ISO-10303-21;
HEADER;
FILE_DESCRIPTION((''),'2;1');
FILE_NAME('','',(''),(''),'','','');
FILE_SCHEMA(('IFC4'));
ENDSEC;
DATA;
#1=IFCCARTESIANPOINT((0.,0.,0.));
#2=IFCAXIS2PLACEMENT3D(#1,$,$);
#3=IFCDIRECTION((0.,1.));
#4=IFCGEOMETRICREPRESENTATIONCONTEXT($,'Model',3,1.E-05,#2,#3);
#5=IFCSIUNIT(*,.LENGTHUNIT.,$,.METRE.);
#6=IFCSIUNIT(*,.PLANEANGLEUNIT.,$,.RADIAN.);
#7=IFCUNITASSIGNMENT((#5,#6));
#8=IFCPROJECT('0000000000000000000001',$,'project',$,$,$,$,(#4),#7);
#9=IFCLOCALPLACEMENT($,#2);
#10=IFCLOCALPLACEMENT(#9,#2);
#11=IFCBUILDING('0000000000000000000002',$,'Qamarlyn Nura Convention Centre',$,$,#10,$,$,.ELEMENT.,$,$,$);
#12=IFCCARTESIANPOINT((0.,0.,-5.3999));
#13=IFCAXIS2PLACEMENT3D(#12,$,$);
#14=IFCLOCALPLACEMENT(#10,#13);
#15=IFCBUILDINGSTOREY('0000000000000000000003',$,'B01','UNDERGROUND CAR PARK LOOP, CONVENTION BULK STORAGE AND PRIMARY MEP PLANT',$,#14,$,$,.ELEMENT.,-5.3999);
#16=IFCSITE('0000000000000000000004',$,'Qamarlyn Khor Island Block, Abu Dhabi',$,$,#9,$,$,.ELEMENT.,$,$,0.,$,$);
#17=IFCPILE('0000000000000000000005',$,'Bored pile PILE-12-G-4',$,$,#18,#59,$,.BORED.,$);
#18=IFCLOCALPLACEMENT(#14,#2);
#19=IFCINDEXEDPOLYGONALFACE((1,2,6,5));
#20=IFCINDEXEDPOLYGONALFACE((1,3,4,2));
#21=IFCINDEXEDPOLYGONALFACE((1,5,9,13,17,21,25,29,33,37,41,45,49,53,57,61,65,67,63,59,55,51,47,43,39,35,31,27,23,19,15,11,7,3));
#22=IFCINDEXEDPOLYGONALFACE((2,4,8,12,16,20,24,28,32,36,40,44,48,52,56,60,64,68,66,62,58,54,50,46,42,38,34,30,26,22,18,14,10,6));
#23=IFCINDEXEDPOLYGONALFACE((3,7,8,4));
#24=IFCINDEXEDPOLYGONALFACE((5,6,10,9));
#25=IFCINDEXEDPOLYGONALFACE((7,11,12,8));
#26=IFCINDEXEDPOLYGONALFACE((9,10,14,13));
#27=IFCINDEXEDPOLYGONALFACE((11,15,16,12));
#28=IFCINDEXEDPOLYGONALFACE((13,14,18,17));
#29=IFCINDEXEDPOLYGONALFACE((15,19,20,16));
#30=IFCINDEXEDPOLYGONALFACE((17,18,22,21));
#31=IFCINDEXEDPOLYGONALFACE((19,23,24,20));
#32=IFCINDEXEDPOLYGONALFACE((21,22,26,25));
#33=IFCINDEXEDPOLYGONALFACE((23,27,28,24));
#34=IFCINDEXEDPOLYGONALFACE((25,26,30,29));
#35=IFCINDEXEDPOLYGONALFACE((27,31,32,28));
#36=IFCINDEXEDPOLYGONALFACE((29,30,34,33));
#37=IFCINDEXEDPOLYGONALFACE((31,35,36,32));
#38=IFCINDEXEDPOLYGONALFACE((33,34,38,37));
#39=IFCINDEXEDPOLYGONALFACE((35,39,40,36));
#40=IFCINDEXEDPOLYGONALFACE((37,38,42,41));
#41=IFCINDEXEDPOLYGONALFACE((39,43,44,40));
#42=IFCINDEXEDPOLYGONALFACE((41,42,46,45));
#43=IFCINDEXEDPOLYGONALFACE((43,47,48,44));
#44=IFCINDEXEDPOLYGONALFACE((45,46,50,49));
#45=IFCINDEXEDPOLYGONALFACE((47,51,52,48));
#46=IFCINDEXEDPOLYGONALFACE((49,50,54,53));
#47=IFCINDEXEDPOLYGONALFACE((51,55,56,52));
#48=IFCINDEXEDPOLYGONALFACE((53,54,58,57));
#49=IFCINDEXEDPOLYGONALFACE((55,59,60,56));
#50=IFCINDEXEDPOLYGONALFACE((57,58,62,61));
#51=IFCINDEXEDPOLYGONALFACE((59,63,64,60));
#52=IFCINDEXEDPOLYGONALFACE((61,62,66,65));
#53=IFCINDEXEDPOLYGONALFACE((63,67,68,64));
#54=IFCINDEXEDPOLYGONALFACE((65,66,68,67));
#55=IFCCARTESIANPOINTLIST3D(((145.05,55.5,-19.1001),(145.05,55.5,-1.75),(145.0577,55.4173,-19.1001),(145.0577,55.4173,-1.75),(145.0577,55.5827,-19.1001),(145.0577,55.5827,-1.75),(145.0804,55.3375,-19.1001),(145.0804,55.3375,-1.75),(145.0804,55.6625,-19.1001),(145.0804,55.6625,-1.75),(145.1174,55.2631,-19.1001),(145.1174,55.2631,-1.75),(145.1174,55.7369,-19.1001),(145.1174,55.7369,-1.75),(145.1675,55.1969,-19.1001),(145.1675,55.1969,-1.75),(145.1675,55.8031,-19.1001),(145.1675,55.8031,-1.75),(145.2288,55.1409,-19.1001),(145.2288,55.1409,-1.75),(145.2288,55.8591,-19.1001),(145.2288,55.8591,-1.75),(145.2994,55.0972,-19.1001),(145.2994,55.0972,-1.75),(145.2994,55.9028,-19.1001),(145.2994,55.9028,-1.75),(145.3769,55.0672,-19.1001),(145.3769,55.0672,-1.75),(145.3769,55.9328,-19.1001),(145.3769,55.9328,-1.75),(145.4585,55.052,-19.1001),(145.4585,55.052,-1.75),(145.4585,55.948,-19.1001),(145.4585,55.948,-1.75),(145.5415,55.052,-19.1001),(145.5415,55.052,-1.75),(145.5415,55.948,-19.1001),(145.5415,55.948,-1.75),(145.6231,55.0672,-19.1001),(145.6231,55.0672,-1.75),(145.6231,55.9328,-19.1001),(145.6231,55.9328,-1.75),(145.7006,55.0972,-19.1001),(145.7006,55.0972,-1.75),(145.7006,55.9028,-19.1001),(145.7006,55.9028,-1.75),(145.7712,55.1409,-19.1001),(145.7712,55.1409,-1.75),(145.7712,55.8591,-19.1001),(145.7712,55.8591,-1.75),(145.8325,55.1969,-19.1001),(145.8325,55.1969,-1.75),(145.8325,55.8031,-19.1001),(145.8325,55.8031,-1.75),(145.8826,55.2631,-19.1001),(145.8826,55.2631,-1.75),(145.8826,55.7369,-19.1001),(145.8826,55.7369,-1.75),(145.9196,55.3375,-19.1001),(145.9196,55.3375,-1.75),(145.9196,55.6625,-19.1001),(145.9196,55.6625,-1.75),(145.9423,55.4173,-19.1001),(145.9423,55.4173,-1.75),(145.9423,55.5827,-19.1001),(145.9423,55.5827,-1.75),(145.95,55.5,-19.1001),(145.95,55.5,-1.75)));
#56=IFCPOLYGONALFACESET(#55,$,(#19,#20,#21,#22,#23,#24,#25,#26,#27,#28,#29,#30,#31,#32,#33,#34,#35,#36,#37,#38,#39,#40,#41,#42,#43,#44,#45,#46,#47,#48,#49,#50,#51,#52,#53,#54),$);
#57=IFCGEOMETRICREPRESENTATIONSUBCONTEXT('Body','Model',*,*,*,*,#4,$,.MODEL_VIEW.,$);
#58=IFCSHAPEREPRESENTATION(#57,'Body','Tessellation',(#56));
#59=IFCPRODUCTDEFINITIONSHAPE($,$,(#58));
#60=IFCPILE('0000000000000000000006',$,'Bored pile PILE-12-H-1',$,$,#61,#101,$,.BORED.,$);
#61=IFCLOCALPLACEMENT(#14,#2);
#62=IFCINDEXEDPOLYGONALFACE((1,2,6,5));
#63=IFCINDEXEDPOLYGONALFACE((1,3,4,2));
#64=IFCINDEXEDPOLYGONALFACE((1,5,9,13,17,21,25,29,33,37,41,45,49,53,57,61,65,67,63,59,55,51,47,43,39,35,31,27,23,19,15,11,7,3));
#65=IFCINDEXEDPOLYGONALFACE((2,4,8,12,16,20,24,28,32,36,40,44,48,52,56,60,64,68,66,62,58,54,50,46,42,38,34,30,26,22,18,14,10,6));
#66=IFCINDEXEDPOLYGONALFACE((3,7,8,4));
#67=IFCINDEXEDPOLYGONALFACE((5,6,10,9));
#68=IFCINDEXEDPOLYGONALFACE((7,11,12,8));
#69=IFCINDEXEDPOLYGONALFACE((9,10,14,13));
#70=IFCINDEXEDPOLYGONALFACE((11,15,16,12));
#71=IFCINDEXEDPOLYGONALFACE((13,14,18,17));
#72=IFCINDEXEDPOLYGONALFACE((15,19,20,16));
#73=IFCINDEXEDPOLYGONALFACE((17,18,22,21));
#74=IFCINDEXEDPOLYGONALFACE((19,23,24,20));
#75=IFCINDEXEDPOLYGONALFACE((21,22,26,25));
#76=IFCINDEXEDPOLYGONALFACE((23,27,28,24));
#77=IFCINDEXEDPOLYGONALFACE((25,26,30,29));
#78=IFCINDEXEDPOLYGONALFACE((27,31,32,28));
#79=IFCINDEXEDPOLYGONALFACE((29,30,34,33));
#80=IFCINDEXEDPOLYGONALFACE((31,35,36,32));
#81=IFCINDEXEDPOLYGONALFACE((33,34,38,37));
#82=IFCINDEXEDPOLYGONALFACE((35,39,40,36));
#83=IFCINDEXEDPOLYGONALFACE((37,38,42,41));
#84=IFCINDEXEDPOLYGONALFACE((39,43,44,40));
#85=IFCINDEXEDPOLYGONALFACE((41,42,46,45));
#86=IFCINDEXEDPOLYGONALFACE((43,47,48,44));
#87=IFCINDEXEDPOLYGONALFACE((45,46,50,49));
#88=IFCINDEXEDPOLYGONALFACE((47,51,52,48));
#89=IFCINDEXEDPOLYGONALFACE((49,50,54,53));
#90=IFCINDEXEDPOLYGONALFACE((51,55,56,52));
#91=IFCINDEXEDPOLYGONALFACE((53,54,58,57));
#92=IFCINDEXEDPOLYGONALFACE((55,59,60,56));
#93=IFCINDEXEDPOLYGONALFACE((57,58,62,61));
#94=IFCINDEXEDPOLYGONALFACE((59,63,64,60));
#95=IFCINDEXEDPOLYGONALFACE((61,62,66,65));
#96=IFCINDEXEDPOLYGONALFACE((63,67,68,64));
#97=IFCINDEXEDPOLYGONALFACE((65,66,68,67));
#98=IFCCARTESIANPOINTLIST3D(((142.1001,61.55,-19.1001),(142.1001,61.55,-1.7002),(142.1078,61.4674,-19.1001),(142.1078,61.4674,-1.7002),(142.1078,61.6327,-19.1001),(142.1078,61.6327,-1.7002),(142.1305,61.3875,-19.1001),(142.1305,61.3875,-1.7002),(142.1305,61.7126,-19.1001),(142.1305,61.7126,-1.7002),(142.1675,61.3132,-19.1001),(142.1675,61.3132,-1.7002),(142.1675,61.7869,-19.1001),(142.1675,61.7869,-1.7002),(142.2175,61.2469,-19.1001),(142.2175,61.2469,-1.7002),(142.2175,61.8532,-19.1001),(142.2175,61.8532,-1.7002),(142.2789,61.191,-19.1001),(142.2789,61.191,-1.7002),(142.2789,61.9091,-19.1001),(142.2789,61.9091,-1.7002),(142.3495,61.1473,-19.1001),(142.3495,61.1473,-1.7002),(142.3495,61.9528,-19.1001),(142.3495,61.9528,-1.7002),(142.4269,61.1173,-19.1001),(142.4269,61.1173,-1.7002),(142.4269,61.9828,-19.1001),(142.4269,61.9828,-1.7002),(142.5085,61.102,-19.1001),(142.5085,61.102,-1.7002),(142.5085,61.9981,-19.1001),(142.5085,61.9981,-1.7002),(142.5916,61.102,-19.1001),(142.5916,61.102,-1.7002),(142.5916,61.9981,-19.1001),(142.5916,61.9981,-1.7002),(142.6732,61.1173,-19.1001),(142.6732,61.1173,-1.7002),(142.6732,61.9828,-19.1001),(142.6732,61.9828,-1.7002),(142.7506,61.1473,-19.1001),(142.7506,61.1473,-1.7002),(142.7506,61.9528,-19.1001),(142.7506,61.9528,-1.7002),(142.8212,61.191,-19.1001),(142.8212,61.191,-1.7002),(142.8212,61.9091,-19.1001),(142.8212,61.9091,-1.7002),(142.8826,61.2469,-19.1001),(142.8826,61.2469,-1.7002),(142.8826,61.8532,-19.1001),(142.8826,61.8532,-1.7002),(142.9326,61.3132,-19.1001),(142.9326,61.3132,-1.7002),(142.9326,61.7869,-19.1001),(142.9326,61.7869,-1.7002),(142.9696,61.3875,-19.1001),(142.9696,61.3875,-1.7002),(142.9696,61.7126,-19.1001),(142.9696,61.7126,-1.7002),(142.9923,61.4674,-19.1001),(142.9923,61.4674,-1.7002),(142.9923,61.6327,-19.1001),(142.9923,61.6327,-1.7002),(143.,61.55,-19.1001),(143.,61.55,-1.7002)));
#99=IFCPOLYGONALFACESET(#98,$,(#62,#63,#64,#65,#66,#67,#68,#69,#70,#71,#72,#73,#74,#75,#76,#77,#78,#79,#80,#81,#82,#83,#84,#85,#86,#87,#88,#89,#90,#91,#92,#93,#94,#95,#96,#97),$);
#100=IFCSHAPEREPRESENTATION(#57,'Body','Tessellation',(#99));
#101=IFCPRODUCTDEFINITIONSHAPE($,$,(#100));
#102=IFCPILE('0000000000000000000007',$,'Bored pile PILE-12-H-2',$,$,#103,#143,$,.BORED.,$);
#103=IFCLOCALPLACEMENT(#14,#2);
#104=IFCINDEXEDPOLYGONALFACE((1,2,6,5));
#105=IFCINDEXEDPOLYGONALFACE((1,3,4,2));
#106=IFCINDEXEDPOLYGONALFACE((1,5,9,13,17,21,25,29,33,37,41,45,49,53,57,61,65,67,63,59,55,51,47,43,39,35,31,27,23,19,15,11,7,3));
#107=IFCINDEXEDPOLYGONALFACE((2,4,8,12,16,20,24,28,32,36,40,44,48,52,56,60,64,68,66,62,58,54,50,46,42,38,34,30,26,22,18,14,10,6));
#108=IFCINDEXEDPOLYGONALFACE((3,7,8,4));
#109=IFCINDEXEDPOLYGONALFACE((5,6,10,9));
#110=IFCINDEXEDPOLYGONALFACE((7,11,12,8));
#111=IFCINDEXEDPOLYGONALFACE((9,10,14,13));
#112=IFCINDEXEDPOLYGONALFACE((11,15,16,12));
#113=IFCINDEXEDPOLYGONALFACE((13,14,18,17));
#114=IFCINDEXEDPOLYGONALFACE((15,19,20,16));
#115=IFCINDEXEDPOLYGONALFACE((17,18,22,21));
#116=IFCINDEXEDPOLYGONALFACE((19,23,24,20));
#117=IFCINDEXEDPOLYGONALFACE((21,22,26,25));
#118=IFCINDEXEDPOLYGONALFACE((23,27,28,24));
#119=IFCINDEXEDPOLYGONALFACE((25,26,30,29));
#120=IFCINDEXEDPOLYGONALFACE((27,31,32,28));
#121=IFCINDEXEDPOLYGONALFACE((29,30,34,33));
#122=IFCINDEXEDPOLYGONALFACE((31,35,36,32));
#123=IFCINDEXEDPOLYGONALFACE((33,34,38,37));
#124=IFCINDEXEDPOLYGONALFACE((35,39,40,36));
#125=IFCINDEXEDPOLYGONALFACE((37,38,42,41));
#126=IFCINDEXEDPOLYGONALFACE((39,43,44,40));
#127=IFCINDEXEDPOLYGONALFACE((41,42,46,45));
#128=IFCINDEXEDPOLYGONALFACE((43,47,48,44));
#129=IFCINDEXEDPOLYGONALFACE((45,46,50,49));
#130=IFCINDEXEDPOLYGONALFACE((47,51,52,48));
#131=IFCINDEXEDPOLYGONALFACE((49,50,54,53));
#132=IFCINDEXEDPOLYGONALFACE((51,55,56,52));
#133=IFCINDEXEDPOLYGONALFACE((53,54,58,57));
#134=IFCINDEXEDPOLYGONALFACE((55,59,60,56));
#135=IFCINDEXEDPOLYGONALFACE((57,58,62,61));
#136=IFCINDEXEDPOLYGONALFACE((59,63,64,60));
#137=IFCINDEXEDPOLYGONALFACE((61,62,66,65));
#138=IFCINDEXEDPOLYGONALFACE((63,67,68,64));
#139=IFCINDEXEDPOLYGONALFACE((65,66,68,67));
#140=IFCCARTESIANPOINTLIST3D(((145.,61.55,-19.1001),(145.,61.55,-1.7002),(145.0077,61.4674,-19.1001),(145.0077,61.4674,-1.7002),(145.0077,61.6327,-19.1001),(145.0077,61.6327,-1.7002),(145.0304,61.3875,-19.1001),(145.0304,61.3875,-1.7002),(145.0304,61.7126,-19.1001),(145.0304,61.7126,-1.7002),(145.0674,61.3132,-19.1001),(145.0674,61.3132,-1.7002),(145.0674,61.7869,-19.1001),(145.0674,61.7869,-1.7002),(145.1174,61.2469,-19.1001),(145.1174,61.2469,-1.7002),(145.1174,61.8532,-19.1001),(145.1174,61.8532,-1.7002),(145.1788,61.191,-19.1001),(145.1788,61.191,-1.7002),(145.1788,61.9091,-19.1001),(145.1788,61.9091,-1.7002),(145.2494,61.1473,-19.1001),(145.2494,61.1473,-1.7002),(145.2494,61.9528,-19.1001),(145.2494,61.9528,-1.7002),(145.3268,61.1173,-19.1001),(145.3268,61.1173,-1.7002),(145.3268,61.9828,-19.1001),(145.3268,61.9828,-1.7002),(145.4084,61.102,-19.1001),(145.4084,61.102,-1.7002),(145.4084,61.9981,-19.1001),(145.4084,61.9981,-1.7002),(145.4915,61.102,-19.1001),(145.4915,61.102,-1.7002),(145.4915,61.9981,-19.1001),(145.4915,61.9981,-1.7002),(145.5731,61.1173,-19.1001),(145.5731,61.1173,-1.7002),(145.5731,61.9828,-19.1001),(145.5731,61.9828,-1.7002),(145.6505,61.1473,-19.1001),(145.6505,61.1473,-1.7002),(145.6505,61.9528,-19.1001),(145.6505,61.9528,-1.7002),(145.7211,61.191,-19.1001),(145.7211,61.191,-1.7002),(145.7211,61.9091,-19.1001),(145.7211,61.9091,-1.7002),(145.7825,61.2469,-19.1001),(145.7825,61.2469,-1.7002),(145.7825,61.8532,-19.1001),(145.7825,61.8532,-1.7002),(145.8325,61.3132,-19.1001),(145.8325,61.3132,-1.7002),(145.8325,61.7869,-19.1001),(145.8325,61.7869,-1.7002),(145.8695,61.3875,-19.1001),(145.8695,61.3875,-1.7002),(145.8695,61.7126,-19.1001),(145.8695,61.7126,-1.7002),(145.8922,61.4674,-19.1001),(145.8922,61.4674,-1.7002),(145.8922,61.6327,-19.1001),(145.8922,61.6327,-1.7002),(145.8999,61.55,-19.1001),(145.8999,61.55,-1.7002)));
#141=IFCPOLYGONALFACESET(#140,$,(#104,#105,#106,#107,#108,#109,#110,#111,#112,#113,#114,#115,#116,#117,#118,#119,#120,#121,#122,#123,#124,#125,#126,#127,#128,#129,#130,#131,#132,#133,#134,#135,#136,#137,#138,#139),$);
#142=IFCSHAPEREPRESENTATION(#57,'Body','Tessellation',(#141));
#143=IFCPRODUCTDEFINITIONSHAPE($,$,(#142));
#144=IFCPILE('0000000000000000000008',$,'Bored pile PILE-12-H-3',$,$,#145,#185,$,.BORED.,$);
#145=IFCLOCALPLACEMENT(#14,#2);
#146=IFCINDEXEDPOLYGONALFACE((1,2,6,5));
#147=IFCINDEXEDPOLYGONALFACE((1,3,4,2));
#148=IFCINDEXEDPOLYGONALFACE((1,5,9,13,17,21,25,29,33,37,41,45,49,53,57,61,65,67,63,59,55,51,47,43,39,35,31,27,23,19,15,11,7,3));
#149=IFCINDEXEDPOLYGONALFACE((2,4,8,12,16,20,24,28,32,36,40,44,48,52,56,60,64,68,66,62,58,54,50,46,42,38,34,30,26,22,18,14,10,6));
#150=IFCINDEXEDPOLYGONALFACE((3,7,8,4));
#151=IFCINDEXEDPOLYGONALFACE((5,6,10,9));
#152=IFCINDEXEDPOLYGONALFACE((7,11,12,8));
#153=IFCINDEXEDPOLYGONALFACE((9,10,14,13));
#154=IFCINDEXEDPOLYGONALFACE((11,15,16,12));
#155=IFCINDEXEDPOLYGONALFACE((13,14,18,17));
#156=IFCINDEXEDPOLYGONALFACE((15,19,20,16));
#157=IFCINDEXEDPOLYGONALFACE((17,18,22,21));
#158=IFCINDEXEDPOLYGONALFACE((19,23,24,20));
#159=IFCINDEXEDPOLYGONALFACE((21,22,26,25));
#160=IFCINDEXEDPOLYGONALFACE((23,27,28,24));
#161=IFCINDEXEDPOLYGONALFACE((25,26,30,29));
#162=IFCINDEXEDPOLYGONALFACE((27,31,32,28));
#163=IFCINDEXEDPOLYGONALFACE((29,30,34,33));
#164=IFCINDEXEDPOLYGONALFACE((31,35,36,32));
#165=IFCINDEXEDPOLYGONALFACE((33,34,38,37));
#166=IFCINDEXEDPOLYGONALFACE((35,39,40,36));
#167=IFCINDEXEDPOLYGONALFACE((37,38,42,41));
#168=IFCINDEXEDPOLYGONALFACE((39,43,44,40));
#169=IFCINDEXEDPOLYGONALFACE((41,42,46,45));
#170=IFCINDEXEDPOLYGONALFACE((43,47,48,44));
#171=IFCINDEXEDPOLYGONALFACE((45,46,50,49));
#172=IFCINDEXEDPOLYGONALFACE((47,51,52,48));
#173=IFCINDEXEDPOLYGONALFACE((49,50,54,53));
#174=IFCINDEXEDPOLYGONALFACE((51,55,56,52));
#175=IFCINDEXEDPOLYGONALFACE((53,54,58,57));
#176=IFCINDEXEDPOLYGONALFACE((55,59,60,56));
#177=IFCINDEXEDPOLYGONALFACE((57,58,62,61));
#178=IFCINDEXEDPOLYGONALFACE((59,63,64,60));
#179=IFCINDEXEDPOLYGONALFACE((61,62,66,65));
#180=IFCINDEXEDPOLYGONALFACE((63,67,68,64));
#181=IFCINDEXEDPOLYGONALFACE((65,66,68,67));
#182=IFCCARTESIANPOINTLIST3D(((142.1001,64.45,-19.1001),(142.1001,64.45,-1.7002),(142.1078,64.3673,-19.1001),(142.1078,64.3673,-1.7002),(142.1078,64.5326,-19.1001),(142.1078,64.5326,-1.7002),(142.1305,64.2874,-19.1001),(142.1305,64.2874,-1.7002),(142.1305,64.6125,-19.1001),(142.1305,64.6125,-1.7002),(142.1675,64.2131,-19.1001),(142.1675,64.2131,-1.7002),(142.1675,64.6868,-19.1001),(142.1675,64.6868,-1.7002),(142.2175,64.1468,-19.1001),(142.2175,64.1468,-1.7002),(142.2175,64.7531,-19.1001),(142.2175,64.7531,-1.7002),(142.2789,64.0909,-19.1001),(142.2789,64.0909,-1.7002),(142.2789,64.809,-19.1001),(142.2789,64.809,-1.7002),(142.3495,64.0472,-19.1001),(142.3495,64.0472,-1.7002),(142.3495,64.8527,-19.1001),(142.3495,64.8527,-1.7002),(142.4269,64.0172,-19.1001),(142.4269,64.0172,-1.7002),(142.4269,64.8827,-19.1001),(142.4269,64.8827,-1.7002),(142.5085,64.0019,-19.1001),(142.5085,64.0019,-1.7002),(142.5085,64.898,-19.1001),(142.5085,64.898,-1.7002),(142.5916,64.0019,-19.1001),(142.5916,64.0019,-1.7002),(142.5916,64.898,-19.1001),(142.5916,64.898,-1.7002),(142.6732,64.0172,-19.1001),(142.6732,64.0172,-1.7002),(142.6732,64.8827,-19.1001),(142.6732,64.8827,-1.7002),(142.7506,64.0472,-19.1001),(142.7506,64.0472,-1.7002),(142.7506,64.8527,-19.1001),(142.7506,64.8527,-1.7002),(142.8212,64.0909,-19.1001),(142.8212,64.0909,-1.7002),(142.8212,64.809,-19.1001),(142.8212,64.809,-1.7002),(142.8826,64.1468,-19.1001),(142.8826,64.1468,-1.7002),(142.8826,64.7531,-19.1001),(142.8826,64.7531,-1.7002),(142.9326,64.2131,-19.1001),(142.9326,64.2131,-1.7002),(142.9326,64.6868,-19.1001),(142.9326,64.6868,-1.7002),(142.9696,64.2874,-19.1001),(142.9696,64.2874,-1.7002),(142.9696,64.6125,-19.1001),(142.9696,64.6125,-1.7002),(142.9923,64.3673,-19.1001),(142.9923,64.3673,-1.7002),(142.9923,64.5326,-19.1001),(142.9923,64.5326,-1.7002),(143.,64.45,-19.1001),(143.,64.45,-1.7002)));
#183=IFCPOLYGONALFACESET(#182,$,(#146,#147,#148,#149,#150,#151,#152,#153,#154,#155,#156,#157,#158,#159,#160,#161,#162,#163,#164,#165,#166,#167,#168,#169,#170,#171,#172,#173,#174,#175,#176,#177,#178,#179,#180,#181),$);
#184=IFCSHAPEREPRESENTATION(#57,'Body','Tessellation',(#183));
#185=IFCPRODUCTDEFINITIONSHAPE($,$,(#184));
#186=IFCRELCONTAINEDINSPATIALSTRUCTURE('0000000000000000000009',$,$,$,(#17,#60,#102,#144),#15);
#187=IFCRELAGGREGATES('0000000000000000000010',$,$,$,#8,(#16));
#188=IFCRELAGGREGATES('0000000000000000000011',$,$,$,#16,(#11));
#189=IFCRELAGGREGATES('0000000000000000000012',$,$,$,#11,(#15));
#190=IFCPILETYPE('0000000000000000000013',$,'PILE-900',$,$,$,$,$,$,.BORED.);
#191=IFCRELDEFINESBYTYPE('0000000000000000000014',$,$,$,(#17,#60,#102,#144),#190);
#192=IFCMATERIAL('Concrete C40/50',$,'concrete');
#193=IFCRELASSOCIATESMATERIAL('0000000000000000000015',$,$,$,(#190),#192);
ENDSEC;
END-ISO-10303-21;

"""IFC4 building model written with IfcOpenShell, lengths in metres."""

from ifc_helpers import new_model, si_unit, direction, frame, origin, origin_2d, place, context, subcontext, project, spatial, circle, extrude, material, material_profile, profile_set, type_object, element, save


model = new_model("IFC4")

# Units and contexts
model_context = context("Model", 3, precision=1e-05, world=origin(), true_north=direction((0.0, 1.0)))
body_context = subcontext(model_context, "Body", "Model", "MODEL_VIEW")
ifc_project = project(units=[si_unit("LENGTHUNIT", "METRE"), si_unit("PLANEANGLEUNIT", "RADIAN")], contexts=[model_context])

# Site, building, storey
site_placement = place(None, origin())
site = spatial("IfcSite", under=ifc_project, at=site_placement, Name="Qamarlyn Khor Island Block, Abu Dhabi", CompositionType="ELEMENT", RefElevation=0.0)
building_placement = place(site_placement, origin())
building = spatial("IfcBuilding", under=site, at=building_placement, Name="Qamarlyn Nura Convention Centre", CompositionType="ELEMENT")
storey_placement = place(building_placement, frame((0.0, 0.0, -5.3999)))
storey = spatial("IfcBuildingStorey", under=building, at=storey_placement, Name="B01", Description="UNDERGROUND CAR PARK LOOP, CONVENTION BULK STORAGE AND PRIMARY MEP PLANT", CompositionType="ELEMENT", Elevation=-5.3999)

# Shared definitions
ifc_material_1 = material(Name="Concrete C40/50", Category="concrete")

# Piles
ifc_material_profile_1 = material_profile(ifc_material_1, circle(Radius=0.45, at=origin_2d()), Name="BORED PILE 900")
ifc_profile_set_1 = profile_set([ifc_material_profile_1], Name="Concrete C40/50")
pile_type_1 = type_object("IfcPileType", Name="PILE-900", PredefinedType="BORED", material=ifc_profile_set_1)
for number, where, z_axis, x_axis, name in (
    (1, (145.5, 55.5, -1.75), (0.0, 0.0, -1.0), (1.0, 0.0, 0.0), "Bored pile PILE-12-G-4"),
):
    element("IfcPile", number, at=place(storey_placement, frame(where, z_axis=z_axis, x_axis=x_axis)), inside=storey, type_object=pile_type_1, Name=name, PredefinedType="BORED", context=body_context, shape_type="SweptSolid", body=[
        extrude(circle(Radius=0.45, at=origin_2d()), origin(), (0.0, 0.0, 1.0), 17.3501),
    ])
for number, where, z_axis, x_axis, name in (
    (2, (142.55, 61.55, -1.7002), (0.0, 0.0, -1.0), (1.0, 0.0, 0.0), "Bored pile PILE-12-H-1"),
    (3, (145.45, 61.55, -1.7002), (0.0, 0.0, -1.0), (1.0, 0.0, 0.0), "Bored pile PILE-12-H-2"),
    (4, (142.55, 64.45, -1.7002), (0.0, 0.0, -1.0), (1.0, 0.0, 0.0), "Bored pile PILE-12-H-3"),
):
    element("IfcPile", number, at=place(storey_placement, frame(where, z_axis=z_axis, x_axis=x_axis)), inside=storey, type_object=pile_type_1, Name=name, PredefinedType="BORED", context=body_context, shape_type="SweptSolid", body=[
        extrude(circle(Radius=0.45, at=origin_2d()), origin(), (0.0, 0.0, 1.0), 17.3999),
    ])

save(model, "model.ifc")
